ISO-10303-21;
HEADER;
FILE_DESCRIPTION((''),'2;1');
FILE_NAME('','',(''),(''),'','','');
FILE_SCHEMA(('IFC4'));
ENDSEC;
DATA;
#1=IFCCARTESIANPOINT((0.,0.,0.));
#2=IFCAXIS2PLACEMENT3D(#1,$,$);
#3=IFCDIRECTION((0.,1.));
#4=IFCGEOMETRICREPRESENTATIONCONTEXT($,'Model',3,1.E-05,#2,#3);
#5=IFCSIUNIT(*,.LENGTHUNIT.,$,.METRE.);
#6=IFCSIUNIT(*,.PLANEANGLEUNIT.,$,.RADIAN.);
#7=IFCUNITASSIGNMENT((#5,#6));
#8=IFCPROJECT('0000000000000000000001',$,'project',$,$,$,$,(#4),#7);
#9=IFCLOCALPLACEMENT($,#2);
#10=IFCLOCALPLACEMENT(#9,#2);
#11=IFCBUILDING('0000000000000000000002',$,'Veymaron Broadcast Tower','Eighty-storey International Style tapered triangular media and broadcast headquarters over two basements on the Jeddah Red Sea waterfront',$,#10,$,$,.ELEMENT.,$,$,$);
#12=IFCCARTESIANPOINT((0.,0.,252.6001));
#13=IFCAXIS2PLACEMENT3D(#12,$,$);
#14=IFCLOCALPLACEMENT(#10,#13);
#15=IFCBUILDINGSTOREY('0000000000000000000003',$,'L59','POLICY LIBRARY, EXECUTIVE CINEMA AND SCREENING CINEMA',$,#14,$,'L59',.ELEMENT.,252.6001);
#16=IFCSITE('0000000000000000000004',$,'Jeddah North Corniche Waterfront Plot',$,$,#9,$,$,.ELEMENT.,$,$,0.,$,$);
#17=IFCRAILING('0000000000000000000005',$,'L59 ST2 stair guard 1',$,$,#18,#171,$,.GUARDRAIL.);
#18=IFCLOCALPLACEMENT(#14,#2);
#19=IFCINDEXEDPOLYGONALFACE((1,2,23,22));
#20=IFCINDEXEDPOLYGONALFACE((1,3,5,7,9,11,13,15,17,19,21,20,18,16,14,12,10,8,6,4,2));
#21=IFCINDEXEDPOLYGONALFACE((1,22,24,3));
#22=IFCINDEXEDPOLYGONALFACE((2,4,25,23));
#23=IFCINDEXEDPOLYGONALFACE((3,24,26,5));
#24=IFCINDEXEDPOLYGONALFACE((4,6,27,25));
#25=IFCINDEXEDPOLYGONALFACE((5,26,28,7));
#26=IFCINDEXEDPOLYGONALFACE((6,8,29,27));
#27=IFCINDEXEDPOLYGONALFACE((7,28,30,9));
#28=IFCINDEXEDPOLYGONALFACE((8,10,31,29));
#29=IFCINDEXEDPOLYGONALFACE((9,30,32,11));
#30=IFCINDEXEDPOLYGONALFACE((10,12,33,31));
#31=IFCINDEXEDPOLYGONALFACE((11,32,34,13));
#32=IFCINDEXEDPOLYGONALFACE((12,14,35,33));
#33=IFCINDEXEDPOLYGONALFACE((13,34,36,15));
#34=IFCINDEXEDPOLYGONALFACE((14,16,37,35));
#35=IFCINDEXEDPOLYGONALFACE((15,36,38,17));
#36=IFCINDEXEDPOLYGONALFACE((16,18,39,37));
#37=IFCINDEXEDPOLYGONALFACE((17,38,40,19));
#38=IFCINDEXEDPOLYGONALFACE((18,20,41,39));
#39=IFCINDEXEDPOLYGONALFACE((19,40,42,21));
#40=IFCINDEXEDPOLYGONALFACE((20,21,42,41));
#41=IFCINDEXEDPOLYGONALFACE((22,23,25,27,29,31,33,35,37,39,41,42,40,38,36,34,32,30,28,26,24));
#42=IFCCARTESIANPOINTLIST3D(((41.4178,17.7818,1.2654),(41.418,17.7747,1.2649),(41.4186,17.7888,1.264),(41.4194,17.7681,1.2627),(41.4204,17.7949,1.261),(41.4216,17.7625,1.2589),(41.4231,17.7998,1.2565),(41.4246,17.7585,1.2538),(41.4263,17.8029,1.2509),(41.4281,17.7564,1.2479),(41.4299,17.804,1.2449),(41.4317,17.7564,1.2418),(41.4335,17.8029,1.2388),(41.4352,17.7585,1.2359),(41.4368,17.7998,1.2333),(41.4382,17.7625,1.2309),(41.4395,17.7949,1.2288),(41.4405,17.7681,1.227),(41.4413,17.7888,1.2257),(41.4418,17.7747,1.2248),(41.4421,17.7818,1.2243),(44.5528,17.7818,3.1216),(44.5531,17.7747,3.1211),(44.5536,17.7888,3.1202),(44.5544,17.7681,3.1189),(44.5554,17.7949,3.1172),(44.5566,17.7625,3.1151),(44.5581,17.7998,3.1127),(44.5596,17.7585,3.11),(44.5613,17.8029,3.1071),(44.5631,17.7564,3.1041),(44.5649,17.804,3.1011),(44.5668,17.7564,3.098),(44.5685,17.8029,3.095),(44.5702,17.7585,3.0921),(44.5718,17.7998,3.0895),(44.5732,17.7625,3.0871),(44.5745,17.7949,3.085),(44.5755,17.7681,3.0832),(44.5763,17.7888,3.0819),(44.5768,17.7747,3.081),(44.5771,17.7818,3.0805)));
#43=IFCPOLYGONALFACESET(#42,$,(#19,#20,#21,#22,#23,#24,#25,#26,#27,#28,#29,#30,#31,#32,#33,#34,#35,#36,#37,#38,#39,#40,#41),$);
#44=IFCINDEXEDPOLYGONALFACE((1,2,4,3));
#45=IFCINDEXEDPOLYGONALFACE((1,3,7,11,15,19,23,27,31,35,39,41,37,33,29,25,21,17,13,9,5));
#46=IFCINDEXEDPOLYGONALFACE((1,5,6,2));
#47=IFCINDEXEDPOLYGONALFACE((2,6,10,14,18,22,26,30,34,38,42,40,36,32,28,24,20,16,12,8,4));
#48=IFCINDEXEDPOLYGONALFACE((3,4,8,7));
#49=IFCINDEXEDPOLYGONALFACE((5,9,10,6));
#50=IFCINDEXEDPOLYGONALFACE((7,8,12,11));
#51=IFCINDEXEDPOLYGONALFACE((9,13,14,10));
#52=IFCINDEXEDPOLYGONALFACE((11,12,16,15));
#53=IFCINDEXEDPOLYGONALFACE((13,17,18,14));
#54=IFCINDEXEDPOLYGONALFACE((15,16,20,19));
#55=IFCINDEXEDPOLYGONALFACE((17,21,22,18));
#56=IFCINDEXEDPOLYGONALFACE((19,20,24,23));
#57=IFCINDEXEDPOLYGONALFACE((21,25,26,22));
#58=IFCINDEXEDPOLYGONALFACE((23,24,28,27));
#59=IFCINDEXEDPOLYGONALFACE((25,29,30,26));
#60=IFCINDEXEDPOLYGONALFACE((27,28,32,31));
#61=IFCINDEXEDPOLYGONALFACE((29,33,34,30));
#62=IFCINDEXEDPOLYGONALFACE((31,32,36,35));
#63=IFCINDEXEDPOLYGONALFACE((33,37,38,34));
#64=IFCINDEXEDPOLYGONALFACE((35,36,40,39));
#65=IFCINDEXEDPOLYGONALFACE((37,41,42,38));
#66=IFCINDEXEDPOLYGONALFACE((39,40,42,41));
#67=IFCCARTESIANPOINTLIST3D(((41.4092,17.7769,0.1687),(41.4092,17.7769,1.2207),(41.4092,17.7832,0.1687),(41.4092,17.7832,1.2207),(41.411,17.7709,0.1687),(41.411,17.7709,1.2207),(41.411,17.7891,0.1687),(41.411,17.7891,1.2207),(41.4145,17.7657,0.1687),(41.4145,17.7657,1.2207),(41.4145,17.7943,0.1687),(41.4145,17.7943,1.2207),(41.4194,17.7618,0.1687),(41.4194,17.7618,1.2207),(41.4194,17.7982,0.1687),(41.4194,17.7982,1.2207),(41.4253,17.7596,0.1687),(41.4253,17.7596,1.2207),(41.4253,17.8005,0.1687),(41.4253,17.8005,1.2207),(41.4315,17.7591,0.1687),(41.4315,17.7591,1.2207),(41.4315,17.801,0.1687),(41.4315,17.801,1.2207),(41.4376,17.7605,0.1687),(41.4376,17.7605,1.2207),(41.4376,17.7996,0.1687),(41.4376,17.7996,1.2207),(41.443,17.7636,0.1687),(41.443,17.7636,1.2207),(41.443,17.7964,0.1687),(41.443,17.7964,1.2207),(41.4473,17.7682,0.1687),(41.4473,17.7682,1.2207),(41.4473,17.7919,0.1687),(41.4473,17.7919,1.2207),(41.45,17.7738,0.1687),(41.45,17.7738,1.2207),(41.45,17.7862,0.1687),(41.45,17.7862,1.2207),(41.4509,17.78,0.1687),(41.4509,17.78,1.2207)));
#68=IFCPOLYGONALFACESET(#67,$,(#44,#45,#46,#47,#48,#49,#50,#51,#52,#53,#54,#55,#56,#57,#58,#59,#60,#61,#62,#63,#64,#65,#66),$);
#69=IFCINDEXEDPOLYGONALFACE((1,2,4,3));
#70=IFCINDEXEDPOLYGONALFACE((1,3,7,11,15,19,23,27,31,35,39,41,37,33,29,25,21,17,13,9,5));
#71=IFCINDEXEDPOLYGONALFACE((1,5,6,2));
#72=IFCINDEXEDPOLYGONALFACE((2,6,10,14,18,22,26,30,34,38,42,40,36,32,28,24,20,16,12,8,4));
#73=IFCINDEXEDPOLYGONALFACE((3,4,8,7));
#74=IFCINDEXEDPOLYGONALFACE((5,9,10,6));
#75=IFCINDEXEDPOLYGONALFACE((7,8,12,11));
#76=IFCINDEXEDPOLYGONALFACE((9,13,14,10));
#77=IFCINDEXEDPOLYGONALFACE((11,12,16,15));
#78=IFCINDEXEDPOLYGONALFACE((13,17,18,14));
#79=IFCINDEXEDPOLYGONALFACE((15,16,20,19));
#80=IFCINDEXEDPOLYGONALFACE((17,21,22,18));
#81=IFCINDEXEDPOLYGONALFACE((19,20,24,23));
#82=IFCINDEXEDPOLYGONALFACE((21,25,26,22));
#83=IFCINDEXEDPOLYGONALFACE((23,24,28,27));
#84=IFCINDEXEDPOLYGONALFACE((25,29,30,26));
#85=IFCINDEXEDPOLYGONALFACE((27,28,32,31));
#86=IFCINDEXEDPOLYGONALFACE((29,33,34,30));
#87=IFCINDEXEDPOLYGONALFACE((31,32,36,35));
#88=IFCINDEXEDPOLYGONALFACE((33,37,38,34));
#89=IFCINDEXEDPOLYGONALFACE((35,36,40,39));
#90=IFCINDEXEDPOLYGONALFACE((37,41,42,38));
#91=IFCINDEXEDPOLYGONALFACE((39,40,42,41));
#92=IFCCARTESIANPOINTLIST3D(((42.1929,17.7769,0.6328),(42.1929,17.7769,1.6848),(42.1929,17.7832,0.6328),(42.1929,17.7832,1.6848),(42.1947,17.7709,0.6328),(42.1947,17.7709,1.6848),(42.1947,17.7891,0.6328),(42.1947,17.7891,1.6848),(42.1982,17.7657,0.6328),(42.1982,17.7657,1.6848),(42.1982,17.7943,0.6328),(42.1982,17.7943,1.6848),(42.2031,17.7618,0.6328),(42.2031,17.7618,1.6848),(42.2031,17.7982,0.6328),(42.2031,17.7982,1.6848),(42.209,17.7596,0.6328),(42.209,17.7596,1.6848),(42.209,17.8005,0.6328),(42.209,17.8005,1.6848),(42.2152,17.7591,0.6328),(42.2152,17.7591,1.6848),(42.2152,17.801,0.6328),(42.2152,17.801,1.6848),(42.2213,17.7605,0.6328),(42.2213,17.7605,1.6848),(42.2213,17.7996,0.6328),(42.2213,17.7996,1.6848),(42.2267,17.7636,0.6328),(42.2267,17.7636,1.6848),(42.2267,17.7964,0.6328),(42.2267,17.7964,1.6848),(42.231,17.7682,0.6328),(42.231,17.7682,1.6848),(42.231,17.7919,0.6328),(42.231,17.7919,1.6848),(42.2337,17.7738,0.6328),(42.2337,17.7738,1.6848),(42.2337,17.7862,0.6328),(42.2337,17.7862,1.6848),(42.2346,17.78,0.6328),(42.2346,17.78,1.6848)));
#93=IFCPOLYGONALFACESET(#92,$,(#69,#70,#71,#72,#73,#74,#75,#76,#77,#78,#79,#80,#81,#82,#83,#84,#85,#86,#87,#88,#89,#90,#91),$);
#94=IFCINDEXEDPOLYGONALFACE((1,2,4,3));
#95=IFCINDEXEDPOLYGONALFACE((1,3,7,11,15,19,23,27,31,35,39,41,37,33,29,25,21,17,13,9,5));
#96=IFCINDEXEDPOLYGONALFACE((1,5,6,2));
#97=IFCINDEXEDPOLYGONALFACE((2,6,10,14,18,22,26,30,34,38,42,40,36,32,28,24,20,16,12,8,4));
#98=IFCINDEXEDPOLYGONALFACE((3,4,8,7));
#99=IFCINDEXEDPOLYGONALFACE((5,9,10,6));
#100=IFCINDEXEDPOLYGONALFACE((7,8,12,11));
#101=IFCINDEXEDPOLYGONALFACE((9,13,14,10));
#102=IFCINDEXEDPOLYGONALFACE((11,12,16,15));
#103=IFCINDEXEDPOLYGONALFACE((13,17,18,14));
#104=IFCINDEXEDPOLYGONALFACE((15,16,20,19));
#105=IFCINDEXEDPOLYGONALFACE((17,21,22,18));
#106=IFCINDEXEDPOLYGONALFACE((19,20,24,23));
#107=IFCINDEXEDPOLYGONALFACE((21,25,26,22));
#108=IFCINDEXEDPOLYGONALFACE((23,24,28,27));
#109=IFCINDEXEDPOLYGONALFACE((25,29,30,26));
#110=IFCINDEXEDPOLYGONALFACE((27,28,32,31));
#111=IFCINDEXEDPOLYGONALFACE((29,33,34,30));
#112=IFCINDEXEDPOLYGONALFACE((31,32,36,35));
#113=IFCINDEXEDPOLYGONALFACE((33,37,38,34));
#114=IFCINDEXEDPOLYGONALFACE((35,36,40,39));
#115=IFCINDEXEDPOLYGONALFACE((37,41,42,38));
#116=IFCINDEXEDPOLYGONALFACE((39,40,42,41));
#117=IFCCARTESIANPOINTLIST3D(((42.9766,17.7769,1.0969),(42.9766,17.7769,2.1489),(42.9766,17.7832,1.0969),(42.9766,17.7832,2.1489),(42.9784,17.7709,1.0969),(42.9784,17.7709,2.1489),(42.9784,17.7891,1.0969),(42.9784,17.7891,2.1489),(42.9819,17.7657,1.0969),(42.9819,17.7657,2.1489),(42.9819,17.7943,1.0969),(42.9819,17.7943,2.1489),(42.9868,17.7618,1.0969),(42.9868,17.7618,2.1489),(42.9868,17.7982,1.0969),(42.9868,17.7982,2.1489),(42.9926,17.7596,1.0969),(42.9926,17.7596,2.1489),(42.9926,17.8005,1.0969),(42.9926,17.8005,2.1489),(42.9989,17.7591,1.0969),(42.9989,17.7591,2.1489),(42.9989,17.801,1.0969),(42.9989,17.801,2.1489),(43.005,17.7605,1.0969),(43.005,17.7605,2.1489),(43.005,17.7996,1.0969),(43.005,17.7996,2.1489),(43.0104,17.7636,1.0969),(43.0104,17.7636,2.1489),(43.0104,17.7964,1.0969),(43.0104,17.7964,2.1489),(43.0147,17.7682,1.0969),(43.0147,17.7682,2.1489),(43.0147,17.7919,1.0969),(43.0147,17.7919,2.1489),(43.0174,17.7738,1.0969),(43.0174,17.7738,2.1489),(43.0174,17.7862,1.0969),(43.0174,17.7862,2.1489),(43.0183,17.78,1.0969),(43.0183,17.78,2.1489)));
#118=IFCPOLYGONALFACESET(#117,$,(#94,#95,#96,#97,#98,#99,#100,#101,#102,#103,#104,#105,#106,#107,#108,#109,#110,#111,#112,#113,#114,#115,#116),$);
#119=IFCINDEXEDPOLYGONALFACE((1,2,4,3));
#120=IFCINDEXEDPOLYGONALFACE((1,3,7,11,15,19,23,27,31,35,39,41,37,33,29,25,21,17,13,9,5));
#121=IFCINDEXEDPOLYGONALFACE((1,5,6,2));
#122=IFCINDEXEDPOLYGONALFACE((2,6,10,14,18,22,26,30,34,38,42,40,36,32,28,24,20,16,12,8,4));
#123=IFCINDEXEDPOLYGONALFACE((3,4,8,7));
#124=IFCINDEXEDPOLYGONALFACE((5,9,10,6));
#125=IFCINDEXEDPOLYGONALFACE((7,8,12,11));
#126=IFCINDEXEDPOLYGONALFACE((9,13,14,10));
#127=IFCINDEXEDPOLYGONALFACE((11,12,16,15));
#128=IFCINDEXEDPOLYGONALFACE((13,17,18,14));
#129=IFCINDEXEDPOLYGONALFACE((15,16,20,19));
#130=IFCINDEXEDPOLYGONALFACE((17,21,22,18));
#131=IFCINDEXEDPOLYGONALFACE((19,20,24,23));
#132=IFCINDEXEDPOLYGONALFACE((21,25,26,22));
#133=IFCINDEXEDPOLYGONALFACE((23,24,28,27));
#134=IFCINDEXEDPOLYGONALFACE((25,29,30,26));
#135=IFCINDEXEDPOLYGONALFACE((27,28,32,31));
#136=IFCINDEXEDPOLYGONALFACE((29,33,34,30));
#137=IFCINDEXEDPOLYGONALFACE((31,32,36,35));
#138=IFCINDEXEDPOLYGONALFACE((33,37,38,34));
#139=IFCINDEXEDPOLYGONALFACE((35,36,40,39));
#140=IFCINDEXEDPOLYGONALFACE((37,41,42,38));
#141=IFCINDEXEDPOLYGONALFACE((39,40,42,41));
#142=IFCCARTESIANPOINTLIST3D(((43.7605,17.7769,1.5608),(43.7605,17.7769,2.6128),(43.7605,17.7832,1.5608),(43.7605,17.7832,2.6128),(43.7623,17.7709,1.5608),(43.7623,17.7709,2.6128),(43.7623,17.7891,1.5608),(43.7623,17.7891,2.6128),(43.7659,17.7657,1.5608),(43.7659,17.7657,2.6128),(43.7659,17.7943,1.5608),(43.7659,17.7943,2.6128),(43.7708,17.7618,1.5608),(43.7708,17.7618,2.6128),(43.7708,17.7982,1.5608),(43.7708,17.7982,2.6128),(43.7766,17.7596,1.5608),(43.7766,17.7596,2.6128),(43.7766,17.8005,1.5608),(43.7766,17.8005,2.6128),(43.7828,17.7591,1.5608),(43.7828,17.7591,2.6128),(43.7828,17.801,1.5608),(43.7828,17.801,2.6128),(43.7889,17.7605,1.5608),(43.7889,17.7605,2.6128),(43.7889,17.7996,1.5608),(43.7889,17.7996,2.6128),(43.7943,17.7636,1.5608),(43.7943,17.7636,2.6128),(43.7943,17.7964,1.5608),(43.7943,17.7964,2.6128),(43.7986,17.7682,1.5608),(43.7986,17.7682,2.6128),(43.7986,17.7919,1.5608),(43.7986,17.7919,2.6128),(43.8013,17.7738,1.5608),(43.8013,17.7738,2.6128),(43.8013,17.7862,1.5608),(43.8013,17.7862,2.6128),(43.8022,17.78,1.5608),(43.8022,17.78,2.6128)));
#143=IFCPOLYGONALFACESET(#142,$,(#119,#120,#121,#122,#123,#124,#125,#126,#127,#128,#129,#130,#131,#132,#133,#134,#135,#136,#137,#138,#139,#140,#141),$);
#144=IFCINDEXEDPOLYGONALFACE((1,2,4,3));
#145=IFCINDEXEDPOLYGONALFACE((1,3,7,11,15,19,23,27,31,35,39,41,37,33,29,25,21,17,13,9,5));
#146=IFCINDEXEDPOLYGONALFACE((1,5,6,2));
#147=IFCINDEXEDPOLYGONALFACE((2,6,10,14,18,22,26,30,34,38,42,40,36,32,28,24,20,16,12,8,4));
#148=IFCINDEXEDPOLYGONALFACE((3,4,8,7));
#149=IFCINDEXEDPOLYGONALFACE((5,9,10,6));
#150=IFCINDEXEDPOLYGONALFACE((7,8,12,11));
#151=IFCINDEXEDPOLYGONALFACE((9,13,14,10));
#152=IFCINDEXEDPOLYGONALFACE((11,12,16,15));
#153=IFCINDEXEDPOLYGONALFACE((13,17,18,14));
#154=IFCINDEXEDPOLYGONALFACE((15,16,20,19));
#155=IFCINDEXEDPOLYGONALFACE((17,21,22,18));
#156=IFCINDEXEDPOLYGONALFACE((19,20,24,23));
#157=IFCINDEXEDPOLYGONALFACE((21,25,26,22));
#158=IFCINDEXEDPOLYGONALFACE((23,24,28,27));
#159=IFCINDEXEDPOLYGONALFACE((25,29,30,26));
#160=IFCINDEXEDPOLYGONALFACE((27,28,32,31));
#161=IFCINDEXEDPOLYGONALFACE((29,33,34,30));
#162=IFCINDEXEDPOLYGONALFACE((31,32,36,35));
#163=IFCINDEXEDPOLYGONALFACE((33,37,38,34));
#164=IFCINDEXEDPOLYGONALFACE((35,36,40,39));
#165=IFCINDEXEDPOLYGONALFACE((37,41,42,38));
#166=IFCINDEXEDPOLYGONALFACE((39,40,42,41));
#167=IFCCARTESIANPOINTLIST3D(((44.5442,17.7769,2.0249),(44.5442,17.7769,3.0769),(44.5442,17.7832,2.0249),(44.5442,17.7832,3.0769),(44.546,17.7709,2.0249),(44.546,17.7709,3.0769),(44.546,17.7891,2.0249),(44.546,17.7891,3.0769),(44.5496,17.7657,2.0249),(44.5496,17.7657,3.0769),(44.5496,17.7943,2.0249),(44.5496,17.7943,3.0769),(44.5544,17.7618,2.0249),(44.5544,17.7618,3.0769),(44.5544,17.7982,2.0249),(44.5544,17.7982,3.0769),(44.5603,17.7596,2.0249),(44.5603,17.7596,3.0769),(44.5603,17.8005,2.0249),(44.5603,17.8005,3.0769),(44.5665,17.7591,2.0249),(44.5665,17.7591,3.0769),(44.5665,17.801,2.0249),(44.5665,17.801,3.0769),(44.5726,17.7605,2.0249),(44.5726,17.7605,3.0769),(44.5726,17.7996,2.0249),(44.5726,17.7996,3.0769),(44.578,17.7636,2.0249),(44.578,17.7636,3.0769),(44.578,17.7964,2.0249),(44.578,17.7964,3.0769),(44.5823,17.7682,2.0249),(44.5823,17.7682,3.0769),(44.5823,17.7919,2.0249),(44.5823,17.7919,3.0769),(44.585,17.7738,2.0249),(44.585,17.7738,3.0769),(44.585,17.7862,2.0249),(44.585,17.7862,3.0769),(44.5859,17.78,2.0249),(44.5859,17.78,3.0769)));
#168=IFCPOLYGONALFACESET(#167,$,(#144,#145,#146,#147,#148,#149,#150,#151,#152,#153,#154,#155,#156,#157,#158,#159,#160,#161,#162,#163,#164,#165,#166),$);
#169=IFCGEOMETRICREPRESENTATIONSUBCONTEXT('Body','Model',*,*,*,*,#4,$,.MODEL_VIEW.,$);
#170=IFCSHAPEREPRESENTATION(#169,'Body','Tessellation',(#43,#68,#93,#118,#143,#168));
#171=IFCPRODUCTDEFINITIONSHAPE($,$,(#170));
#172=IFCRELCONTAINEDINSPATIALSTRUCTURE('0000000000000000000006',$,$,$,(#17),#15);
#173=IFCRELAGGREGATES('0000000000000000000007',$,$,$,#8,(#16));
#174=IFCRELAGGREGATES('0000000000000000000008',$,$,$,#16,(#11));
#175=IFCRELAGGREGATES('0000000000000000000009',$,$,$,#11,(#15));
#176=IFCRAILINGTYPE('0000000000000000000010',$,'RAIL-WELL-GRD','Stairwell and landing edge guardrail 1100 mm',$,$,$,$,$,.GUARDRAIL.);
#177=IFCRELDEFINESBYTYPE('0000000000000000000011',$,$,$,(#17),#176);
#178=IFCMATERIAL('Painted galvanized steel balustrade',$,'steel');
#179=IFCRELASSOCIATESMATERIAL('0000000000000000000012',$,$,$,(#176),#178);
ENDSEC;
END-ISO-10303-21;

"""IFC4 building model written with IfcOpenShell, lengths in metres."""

from ifc_helpers import new_model, si_unit, direction, frame, origin, origin_2d, place, context, subcontext, project, spatial, circle, extrude, material, type_object, element, save


model = new_model("IFC4")

# Units and contexts
model_context = context("Model", 3, precision=1e-05, world=origin(), true_north=direction((0.0, 1.0)))
body_context = subcontext(model_context, "Body", "Model", "MODEL_VIEW")
ifc_project = project(units=[si_unit("LENGTHUNIT", "METRE"), si_unit("PLANEANGLEUNIT", "RADIAN")], contexts=[model_context])

# Site, building, storey
site_placement = place(None, origin())
site = spatial("IfcSite", under=ifc_project, at=site_placement, Name="Jeddah North Corniche Waterfront Plot", CompositionType="ELEMENT", RefElevation=0.0)
building_placement = place(site_placement, origin())
building = spatial("IfcBuilding", under=site, at=building_placement, Name="Veymaron Broadcast Tower", Description="Eighty-storey International Style tapered triangular media and broadcast headquarters over two basements on the Jeddah Red Sea waterfront", CompositionType="ELEMENT")
storey_placement = place(building_placement, frame((0.0, 0.0, 252.6001)))
storey = spatial("IfcBuildingStorey", under=building, at=storey_placement, Name="L59", Description="POLICY LIBRARY, EXECUTIVE CINEMA AND SCREENING CINEMA", LongName="L59", CompositionType="ELEMENT", Elevation=252.6001)

# Railing
ifc_material_1 = material(Name="Painted galvanized steel balustrade", Category="steel")
railing_type_1 = type_object("IfcRailingType", Name="RAIL-WELL-GRD", Description="Stairwell and landing edge guardrail 1100 mm", PredefinedType="GUARDRAIL", material=ifc_material_1)
railing_1_placement = place(storey_placement, frame((41.4299, 17.78, 0.1687)))
element("IfcRailing", 1, at=railing_1_placement, inside=storey, type_object=railing_type_1, Name="L59 ST2 stair guard 1", PredefinedType="GUARDRAIL", context=body_context, shape_type="SweptSolid", body=[
    extrude(circle(Radius=0.0239, at=origin_2d()), frame((0.0, 0.0, 1.0762), z_axis=(0.860482, 0.0, 0.509481), x_axis=(0.0, 1.0, 0.0)), (0.0, 0.0, 1.0), 3.6433),
    extrude(circle(Radius=0.021, at=origin_2d()), origin(), (0.0, 0.0, 1.0), 1.052),
    extrude(circle(Radius=0.021, at=origin_2d()), frame((0.7837, 0.0, 0.4641)), (0.0, 0.0, 1.0), 1.052),
    extrude(circle(Radius=0.021, at=origin_2d()), frame((1.5674, 0.0, 0.9282)), (0.0, 0.0, 1.0), 1.052),
    extrude(circle(Radius=0.021, at=origin_2d()), frame((2.3513, 0.0, 1.3921)), (0.0, 0.0, 1.0), 1.052),
    extrude(circle(Radius=0.021, at=origin_2d()), frame((3.135, 0.0, 1.8562)), (0.0, 0.0, 1.0), 1.052),
])

save(model, "model.ifc")
